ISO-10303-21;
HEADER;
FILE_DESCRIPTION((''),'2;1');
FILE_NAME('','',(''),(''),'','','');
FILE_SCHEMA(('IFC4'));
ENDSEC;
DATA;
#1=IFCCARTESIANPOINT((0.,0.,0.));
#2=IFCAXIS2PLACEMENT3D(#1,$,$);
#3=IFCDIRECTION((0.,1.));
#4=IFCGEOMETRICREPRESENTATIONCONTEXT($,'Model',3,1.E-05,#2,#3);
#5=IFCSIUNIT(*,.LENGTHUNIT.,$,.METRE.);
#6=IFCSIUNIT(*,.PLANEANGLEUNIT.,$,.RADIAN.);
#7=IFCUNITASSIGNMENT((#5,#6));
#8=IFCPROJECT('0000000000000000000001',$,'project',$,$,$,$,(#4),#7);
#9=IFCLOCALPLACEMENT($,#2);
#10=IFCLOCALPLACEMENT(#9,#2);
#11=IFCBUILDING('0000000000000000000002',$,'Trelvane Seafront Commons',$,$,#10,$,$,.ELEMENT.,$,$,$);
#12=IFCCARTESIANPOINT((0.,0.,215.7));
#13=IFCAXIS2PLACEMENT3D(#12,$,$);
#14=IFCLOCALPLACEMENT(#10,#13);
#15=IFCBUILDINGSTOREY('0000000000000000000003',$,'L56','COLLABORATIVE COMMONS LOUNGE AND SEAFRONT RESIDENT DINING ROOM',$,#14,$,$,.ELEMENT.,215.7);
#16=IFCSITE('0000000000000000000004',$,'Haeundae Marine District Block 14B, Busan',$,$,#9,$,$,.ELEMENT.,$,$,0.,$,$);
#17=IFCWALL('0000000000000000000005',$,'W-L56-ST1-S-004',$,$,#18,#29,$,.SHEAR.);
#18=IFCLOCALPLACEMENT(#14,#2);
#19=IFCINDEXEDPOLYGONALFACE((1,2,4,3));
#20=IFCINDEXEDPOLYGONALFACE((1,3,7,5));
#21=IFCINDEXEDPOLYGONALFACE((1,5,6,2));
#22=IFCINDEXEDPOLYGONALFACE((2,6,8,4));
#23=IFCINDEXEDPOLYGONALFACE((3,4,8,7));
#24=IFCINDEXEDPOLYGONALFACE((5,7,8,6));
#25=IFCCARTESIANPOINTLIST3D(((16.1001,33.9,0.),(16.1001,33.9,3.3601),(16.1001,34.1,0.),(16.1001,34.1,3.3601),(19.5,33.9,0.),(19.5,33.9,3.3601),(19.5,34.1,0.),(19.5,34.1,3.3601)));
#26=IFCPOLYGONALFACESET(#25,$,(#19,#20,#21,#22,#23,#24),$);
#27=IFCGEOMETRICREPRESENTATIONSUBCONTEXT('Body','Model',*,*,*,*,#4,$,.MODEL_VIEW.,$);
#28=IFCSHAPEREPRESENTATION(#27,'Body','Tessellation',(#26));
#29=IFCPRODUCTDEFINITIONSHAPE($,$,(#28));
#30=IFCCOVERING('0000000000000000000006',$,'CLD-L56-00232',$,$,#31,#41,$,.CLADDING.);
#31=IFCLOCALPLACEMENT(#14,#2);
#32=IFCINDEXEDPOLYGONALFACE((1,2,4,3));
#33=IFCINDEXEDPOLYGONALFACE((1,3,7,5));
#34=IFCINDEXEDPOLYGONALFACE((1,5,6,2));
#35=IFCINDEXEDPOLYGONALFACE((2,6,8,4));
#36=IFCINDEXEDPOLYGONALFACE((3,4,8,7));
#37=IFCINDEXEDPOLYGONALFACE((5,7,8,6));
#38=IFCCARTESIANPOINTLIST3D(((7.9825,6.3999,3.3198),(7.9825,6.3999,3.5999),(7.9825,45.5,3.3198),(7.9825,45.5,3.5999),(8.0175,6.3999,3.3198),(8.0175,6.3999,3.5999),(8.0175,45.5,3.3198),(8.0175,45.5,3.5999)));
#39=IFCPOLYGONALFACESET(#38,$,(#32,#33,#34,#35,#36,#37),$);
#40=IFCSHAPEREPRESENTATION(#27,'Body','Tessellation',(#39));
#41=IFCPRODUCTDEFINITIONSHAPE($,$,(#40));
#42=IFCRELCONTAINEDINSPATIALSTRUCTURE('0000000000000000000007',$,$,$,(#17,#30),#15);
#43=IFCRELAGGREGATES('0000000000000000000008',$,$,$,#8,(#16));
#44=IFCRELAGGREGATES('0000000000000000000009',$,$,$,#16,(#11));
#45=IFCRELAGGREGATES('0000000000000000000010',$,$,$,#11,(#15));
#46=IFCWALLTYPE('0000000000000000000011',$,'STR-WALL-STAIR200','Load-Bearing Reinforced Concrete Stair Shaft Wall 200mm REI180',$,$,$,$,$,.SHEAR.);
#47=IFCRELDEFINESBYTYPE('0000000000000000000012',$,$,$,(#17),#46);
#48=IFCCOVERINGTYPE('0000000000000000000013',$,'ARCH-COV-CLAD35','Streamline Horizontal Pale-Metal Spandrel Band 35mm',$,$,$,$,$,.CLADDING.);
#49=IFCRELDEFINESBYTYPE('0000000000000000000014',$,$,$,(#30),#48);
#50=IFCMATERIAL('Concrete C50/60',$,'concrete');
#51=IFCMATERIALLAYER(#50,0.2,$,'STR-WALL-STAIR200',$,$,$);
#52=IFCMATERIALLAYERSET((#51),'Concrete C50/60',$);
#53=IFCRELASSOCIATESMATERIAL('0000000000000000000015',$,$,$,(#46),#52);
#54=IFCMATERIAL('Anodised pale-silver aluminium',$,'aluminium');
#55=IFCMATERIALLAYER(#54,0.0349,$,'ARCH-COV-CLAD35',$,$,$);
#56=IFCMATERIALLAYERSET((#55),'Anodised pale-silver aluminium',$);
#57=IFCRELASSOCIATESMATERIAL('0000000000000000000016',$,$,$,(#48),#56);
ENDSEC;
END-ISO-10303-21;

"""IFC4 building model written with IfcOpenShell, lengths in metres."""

from ifc_helpers import new_model, si_unit, direction, frame, frame_2d, origin, origin_2d, place, context, subcontext, project, spatial, rectangle, extrude, source, transform, mapped, material, layer, layer_set, type_object, element, save


model = new_model("IFC4")

# Units and contexts
model_context = context("Model", 3, precision=1e-05, world=origin(), true_north=direction((0.0, 1.0)))
body_context = subcontext(model_context, "Body", "Model", "MODEL_VIEW")
ifc_project = project(units=[si_unit("LENGTHUNIT", "METRE"), si_unit("PLANEANGLEUNIT", "RADIAN")], contexts=[model_context])

# Site, building, storey
site_placement = place(None, origin())
site = spatial("IfcSite", under=ifc_project, at=site_placement, Name="Haeundae Marine District Block 14B, Busan", CompositionType="ELEMENT", RefElevation=0.0)
building_placement = place(site_placement, origin())
building = spatial("IfcBuilding", under=site, at=building_placement, Name="Trelvane Seafront Commons", CompositionType="ELEMENT")
storey_placement = place(building_placement, frame((0.0, 0.0, 215.7)))
storey = spatial("IfcBuildingStorey", under=building, at=storey_placement, Name="L56", Description="COLLABORATIVE COMMONS LOUNGE AND SEAFRONT RESIDENT DINING ROOM", CompositionType="ELEMENT", Elevation=215.7)

# Shared definitions
ifc_material_1 = material(Name="Concrete C50/60", Category="concrete")

# Shared definitions
ifc_material_2 = material(Name="Anodised pale-silver aluminium", Category="aluminium")

# Wall
ifc_layer_1 = layer(ifc_material_1, 0.2, Name="STR-WALL-STAIR200")
ifc_layer_set_1 = layer_set([ifc_layer_1], Name="Concrete C50/60")
wall_type_1 = type_object("IfcWallType", Name="STR-WALL-STAIR200", Description="Load-Bearing Reinforced Concrete Stair Shaft Wall 200mm REI180", PredefinedType="SHEAR", material=ifc_layer_set_1)
wall_1_placement = place(storey_placement, frame((16.1001, 34.0, 0.0), z_axis=(0.0, 0.0, 1.0), x_axis=(1.0, 0.0, 0.0)))
element("IfcWall", 1, at=wall_1_placement, inside=storey, type_object=wall_type_1, Name="W-L56-ST1-S-004", PredefinedType="SHEAR", context=body_context, shape_type="SweptSolid", body=[
    extrude(rectangle(XDim=3.3999, YDim=0.2, at=frame_2d((1.7, 0.0))), origin(), (0.0, 0.0, 1.0), 3.3601),
])

# Covering
ifc_layer_2 = layer(ifc_material_2, 0.0349, Name="ARCH-COV-CLAD35")
ifc_layer_set_2 = layer_set([ifc_layer_2], Name="Anodised pale-silver aluminium")
covering_type = type_object("IfcCoveringType", Name="ARCH-COV-CLAD35", Description="Streamline Horizontal Pale-Metal Spandrel Band 35mm", PredefinedType="CLADDING", material=ifc_layer_set_2)
shared_shape_1 = source(origin(), body_context, "Body", "SweptSolid", [
    extrude(rectangle(XDim=39.1001, YDim=0.0349, at=origin_2d()), origin(), (0.0, 0.0, 1.0), 0.28),
])
covering_placement = place(storey_placement, frame((8.0, 25.95, 3.3198), z_axis=(0.0, 0.0, 1.0), x_axis=(0.0, 1.0, 0.0)))
element("IfcCovering", 2, at=covering_placement, inside=storey, type_object=covering_type, Name="CLD-L56-00232", PredefinedType="CLADDING", context=body_context, shape_type="MappedRepresentation", body=[
    mapped(shared_shape_1, transform((0.0, 0.0, 0.0), x_axis=(1.0, 0.0, 0.0), y_axis=(0.0, 1.0, 0.0), z_axis=(0.0, 0.0, 1.0), scale=1.0)),
])

save(model, "model.ifc")
